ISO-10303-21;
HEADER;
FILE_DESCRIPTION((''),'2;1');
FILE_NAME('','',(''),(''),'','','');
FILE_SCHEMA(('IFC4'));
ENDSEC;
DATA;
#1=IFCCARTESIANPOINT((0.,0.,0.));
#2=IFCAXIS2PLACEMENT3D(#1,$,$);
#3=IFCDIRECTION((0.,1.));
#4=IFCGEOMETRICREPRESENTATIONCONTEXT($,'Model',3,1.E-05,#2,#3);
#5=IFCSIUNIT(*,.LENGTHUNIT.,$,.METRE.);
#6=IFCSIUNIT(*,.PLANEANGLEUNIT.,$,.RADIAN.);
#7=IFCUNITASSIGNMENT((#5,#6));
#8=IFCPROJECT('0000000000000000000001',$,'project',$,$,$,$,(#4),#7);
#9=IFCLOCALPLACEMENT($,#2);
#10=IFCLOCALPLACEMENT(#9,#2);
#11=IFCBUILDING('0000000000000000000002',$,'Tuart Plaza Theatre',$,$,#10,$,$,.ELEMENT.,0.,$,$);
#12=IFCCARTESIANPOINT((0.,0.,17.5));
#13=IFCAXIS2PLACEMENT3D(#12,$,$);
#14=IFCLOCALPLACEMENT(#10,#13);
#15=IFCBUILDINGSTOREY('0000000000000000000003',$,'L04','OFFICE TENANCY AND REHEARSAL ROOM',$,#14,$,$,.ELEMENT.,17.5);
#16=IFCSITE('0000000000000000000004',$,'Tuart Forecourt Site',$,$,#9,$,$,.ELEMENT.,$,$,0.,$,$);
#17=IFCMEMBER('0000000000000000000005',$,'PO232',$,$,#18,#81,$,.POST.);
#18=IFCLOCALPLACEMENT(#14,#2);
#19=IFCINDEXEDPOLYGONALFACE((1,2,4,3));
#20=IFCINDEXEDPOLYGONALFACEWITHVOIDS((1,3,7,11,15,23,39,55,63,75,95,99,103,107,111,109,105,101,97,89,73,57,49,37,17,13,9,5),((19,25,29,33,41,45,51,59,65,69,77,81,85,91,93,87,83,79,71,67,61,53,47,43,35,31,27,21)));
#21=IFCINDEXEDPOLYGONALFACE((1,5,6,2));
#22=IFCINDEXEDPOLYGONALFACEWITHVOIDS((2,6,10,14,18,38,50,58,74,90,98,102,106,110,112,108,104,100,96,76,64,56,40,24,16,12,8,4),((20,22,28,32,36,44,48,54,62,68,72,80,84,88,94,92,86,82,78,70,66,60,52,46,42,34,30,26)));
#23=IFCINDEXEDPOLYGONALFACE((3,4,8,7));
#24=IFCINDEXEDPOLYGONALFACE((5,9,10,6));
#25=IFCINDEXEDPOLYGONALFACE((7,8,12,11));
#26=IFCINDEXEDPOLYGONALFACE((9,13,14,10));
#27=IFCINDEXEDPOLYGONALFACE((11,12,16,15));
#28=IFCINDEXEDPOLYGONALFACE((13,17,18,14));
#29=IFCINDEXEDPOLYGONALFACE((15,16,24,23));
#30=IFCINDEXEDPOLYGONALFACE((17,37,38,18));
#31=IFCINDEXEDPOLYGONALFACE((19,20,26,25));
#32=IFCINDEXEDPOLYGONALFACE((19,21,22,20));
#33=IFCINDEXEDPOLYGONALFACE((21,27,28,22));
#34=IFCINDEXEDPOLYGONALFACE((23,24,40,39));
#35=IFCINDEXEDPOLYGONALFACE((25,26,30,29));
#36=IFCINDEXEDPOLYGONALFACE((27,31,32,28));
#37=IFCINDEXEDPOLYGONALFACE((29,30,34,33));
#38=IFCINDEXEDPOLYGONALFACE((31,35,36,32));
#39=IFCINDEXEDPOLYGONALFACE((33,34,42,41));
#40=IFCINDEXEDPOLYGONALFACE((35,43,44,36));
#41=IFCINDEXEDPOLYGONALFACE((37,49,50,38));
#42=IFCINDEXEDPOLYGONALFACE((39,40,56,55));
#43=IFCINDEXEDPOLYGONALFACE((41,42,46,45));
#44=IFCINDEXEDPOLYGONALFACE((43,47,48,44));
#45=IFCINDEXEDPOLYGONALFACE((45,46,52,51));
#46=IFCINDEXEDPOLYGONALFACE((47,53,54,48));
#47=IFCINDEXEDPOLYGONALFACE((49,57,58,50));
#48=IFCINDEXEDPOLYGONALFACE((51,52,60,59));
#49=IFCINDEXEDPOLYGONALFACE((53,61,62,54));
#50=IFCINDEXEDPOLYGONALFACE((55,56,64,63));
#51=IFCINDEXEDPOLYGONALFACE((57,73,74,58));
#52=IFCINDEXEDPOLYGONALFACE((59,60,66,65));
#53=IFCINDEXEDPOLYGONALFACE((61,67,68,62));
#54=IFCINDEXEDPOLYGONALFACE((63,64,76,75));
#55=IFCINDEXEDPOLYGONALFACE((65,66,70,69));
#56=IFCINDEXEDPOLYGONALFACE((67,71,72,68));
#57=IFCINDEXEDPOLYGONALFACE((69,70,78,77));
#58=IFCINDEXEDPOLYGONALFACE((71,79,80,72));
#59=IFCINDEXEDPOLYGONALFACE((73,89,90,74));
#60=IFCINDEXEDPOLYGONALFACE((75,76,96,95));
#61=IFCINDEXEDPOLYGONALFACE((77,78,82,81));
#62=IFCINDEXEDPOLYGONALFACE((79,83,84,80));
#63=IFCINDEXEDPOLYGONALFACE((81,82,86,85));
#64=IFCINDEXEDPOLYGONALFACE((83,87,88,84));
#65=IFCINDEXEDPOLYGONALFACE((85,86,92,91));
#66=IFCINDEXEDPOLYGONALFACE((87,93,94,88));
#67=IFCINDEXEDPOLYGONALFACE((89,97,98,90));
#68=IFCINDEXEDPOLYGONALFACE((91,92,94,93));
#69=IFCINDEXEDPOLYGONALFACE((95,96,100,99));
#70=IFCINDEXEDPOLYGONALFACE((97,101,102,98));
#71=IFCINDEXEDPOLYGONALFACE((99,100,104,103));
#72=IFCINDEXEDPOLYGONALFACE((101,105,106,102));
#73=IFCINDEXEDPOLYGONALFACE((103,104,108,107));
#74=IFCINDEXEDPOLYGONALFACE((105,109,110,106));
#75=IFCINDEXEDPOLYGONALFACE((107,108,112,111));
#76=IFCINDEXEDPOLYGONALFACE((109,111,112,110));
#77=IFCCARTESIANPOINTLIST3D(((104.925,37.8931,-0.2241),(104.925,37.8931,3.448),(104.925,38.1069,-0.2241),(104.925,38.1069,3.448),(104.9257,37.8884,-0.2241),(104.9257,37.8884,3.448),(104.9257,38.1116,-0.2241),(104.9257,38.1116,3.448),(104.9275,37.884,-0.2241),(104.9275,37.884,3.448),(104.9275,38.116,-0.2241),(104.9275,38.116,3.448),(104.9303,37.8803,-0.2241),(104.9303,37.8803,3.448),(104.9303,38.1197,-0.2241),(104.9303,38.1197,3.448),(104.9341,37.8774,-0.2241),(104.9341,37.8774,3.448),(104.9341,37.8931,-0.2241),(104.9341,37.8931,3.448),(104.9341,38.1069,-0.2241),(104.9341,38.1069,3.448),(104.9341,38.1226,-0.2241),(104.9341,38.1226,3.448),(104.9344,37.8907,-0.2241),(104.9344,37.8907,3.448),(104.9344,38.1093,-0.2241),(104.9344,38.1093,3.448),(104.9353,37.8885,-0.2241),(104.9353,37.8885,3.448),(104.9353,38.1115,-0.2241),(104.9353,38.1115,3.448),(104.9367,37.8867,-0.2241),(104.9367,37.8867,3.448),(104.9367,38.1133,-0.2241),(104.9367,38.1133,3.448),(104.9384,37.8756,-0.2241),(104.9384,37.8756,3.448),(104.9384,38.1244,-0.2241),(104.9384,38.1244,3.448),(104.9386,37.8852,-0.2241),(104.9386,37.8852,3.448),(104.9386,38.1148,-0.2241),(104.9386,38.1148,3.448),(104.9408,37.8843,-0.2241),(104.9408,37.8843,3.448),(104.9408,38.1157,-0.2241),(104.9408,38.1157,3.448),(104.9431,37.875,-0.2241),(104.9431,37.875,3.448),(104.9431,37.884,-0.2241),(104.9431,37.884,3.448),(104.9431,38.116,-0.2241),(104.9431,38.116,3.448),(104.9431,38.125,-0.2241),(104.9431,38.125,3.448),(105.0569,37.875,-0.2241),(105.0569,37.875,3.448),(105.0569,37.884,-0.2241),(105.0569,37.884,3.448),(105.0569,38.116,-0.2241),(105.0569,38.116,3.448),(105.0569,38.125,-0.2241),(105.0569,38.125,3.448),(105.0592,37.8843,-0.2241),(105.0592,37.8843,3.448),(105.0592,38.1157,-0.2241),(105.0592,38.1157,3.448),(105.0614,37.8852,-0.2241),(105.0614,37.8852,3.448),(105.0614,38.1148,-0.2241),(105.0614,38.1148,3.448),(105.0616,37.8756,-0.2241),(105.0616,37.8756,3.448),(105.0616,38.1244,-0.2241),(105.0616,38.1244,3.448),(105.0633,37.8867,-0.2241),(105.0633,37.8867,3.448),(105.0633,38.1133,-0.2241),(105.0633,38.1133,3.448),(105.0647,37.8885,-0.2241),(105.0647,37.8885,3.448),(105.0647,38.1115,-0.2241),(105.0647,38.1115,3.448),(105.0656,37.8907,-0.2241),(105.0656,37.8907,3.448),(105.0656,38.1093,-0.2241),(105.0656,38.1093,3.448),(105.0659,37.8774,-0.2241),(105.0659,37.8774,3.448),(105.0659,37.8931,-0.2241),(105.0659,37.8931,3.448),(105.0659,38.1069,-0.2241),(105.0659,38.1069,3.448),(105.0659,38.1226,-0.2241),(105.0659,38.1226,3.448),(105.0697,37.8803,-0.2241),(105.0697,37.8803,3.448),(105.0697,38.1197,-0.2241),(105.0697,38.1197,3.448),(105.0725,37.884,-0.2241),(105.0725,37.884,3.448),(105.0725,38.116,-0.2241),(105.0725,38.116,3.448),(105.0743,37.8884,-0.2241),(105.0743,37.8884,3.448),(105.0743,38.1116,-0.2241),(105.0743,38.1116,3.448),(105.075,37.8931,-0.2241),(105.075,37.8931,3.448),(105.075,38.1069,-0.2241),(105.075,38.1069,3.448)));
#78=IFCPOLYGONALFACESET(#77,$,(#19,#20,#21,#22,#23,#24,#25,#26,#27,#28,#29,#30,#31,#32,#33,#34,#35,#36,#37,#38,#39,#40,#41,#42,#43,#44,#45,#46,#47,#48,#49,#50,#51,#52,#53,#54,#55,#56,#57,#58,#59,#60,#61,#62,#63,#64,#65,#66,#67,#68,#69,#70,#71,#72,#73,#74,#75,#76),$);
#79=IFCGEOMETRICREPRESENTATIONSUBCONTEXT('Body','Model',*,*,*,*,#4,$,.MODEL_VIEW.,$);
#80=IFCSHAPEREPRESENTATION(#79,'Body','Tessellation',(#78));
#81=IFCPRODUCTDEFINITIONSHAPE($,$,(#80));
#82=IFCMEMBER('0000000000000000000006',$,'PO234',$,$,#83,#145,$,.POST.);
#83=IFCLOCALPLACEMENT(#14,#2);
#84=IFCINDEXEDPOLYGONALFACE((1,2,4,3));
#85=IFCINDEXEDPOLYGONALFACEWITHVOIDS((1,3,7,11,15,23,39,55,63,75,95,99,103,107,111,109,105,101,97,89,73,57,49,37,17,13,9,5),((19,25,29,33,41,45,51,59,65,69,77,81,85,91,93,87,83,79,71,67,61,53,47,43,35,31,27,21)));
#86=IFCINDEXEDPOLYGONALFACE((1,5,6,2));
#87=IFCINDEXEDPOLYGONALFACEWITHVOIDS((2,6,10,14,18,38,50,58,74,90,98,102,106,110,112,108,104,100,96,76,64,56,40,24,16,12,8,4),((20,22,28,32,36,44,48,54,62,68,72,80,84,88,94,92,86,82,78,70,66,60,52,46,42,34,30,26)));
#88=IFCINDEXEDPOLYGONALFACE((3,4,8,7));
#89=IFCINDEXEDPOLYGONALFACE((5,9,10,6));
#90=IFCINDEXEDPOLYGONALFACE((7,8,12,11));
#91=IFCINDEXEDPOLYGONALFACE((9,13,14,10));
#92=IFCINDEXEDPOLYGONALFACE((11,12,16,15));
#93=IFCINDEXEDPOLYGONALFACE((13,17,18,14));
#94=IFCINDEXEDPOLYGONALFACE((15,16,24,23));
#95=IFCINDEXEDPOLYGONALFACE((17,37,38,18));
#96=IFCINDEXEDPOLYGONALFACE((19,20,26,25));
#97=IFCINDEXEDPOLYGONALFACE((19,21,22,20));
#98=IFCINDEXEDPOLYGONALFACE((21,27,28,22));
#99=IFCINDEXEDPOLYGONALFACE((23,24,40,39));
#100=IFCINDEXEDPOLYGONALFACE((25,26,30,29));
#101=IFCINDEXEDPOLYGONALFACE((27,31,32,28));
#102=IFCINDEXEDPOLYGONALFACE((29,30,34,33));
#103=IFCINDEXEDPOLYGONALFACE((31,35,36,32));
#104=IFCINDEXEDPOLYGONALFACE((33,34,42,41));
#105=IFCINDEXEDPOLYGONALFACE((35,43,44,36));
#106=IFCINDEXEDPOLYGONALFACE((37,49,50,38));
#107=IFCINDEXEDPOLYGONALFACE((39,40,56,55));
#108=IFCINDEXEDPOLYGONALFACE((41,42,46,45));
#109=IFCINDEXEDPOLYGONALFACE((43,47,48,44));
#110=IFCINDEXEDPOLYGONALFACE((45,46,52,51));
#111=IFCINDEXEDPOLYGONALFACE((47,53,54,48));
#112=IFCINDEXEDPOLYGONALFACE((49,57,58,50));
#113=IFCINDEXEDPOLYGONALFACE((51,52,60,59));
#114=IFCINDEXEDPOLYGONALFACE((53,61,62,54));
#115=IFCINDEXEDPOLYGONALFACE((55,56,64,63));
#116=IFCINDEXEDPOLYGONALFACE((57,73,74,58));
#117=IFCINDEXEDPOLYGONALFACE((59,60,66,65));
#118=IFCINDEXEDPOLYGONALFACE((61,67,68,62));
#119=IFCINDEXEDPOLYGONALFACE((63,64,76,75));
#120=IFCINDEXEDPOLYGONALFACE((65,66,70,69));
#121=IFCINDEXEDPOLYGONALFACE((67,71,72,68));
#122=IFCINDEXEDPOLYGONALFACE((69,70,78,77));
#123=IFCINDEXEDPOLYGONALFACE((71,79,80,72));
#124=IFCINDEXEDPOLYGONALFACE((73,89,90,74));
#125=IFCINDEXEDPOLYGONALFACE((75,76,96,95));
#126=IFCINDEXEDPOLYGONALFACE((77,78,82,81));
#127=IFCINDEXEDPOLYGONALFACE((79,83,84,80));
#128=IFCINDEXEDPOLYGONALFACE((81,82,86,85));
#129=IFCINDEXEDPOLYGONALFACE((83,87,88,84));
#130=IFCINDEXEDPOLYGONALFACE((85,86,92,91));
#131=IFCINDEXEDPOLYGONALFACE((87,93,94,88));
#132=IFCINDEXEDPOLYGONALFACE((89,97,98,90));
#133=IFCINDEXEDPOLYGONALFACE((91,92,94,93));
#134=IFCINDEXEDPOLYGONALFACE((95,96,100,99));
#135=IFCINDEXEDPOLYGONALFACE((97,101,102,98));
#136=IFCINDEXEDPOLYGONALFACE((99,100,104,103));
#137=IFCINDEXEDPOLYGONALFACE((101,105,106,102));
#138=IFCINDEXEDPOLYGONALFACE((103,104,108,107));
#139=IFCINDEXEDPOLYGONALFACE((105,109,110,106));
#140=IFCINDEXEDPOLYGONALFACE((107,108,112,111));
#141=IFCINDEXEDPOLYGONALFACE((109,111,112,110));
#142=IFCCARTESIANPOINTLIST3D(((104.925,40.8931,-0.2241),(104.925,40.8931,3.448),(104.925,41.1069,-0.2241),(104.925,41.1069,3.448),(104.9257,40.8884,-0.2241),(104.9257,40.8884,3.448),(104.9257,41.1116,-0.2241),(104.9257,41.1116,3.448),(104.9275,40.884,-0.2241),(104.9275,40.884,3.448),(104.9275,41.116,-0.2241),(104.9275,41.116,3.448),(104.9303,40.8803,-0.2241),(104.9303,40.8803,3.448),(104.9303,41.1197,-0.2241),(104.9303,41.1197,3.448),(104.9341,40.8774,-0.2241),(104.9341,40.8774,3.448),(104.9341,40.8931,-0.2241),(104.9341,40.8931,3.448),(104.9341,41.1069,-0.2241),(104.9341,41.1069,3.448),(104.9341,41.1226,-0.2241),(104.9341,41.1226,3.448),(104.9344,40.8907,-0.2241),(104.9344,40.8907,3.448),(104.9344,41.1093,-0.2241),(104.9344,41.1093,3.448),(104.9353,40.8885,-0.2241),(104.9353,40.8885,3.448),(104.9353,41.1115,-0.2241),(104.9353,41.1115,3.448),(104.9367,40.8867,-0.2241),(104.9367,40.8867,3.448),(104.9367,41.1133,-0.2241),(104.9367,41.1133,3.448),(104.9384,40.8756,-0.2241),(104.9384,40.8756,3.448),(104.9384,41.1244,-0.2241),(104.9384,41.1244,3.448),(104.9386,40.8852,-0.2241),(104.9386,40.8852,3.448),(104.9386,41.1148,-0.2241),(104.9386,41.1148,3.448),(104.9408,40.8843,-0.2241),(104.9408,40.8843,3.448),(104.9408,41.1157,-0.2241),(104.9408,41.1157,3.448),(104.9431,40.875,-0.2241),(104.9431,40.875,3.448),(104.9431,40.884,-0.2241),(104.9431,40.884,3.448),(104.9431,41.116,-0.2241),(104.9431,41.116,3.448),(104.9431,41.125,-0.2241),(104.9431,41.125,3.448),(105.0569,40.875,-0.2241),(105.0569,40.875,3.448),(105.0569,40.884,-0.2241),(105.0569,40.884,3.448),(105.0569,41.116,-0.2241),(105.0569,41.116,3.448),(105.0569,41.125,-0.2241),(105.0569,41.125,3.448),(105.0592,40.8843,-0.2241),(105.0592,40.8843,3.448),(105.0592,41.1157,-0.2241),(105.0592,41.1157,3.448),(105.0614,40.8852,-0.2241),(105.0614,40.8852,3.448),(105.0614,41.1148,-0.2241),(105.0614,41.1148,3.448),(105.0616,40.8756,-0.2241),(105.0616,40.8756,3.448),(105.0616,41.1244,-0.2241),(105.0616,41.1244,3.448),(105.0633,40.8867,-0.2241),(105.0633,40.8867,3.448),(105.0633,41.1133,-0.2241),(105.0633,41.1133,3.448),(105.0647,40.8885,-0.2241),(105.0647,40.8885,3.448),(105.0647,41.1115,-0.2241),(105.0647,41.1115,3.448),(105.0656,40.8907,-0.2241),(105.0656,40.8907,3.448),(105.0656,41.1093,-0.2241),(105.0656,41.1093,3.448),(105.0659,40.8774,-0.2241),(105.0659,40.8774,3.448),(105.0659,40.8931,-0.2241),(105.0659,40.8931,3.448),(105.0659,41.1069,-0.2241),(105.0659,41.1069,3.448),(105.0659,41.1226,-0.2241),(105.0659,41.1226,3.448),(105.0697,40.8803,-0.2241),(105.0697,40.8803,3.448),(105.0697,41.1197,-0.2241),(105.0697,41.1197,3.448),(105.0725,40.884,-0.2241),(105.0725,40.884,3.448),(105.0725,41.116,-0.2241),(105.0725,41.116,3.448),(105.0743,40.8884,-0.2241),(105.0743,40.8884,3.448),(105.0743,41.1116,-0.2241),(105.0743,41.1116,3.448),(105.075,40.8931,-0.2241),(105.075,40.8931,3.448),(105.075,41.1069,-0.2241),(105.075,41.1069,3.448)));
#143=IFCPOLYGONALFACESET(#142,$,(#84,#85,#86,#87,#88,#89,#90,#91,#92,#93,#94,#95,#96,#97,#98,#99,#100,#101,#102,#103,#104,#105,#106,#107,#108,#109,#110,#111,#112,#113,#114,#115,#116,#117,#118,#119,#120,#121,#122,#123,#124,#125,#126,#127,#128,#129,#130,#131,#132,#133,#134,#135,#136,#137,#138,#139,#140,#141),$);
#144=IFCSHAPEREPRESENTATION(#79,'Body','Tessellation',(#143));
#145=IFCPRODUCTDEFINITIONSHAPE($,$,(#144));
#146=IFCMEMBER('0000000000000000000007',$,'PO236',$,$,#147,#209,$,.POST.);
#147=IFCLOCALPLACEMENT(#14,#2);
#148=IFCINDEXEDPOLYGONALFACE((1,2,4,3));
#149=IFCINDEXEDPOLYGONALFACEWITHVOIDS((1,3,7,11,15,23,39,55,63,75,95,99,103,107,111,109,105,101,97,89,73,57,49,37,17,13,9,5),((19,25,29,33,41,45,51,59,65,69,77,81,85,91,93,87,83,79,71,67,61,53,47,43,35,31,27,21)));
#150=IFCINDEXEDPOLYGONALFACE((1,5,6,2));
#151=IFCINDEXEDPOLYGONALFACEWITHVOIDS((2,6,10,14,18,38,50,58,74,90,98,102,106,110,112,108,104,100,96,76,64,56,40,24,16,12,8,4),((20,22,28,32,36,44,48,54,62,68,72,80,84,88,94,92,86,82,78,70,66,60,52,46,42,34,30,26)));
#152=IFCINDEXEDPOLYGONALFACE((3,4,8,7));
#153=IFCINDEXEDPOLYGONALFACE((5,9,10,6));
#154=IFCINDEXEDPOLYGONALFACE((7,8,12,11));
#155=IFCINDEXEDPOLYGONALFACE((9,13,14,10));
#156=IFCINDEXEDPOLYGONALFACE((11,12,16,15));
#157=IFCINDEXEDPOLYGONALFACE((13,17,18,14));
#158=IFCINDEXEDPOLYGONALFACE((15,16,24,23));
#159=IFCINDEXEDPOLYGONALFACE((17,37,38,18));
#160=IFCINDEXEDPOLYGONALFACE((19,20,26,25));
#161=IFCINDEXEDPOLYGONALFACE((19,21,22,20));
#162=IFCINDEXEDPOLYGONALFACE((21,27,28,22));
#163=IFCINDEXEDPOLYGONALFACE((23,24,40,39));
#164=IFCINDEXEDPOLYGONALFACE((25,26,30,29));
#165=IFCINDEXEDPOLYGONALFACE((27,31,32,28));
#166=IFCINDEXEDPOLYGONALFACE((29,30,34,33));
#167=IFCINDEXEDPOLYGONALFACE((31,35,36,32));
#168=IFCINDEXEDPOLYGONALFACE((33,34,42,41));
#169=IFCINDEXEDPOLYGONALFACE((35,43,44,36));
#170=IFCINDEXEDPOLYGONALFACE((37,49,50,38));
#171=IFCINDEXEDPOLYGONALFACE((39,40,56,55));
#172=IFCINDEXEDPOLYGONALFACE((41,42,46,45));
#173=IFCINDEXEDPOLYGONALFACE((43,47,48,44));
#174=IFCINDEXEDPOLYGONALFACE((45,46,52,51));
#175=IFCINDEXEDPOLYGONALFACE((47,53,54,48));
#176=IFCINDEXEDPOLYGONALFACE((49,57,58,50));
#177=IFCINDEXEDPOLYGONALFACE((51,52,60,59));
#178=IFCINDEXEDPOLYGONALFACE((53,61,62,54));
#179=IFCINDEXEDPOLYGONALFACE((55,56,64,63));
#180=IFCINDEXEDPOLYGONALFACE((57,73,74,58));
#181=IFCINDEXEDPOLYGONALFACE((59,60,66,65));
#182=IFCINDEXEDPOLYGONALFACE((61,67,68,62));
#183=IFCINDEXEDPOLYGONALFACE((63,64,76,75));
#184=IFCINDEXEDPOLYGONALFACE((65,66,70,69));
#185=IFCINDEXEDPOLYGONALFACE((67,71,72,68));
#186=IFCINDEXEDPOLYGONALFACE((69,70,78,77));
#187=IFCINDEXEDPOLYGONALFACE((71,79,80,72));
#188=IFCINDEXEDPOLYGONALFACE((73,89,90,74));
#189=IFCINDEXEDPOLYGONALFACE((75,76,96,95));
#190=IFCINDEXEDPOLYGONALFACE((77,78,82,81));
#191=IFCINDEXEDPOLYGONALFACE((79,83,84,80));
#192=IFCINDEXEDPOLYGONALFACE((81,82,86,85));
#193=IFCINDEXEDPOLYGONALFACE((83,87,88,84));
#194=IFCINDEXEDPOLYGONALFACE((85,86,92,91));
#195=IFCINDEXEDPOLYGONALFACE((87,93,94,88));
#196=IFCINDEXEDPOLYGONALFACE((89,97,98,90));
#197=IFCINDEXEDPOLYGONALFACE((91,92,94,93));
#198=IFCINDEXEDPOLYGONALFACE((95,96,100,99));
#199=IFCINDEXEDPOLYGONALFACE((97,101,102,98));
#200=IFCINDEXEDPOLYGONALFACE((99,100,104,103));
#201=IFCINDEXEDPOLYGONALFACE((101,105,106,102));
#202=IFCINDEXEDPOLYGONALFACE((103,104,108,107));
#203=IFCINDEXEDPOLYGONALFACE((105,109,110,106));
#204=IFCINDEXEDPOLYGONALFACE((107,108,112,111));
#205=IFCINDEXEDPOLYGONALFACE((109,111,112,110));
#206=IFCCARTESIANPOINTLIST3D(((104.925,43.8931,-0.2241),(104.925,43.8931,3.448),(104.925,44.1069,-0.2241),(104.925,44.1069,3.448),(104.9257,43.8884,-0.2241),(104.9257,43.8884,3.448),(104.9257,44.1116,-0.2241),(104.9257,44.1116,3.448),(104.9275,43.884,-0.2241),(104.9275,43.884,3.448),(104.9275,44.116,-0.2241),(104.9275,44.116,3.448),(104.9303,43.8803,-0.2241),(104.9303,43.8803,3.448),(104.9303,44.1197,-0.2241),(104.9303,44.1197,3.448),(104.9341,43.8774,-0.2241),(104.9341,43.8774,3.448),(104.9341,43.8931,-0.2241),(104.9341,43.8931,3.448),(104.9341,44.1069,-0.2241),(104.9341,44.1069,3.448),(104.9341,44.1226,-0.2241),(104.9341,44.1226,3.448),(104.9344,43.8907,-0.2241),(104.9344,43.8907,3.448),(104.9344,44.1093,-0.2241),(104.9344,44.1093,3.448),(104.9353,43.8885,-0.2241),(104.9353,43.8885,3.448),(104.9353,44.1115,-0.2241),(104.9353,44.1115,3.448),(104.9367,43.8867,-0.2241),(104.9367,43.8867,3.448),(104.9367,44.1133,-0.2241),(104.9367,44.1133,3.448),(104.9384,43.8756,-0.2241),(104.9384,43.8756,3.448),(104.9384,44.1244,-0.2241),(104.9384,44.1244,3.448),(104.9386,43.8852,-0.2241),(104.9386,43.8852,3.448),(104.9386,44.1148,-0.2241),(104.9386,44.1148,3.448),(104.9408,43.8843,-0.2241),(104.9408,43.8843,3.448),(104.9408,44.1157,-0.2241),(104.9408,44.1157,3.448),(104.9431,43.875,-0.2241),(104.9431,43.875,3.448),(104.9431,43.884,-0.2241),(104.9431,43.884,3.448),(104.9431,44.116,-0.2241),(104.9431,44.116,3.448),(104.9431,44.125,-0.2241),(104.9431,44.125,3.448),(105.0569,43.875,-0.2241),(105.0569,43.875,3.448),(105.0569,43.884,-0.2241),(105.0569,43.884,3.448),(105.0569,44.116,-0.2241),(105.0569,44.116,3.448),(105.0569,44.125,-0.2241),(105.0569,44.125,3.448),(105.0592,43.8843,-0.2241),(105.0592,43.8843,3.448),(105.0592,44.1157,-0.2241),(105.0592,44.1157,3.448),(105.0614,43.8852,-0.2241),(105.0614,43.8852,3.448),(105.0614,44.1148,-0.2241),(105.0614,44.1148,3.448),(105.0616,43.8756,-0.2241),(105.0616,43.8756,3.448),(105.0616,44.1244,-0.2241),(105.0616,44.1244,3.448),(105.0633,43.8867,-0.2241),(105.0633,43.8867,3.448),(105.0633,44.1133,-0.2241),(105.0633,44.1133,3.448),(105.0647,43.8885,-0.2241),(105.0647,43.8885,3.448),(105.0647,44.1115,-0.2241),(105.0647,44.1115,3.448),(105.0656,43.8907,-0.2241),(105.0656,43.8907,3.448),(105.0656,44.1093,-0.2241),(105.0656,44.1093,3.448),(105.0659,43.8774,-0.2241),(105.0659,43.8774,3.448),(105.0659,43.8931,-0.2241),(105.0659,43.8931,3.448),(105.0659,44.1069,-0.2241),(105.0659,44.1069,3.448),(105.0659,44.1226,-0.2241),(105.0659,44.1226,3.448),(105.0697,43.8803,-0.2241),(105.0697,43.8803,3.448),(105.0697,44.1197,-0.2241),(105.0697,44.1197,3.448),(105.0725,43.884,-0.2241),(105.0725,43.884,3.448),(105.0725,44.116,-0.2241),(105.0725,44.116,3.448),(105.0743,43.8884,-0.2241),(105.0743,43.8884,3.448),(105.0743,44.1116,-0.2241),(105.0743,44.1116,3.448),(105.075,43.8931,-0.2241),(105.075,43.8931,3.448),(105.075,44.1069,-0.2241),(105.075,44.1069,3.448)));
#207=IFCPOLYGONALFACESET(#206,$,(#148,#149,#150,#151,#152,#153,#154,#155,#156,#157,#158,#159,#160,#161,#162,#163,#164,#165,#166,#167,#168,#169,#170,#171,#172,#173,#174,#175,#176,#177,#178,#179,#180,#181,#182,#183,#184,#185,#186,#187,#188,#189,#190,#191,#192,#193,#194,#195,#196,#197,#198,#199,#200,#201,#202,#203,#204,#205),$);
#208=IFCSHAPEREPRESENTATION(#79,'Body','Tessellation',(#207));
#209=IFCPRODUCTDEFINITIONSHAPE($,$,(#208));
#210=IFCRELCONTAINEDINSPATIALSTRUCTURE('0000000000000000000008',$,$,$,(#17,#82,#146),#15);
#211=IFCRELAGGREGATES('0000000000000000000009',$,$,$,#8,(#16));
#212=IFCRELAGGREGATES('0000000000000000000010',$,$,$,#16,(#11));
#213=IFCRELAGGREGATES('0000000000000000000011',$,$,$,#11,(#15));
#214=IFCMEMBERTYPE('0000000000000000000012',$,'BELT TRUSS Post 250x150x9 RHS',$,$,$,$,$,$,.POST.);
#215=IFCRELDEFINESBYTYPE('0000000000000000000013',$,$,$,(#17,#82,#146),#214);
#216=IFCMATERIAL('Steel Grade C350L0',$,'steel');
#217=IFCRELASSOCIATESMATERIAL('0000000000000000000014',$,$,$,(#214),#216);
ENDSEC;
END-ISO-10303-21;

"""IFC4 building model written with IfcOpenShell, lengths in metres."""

from ifc_helpers import new_model, si_unit, direction, frame, origin, origin_2d, place, context, subcontext, project, spatial, hollow_rectangle, extrude, material, material_profile, profile_set, type_object, element, save


model = new_model("IFC4")

# Units and contexts
model_context = context("Model", 3, precision=1e-05, world=origin(), true_north=direction((0.0, 1.0)))
body_context = subcontext(model_context, "Body", "Model", "MODEL_VIEW")
ifc_project = project(units=[si_unit("LENGTHUNIT", "METRE"), si_unit("PLANEANGLEUNIT", "RADIAN")], contexts=[model_context])

# Site, building, storey
site_placement = place(None, origin())
site = spatial("IfcSite", under=ifc_project, at=site_placement, Name="Tuart Forecourt Site", CompositionType="ELEMENT", RefElevation=0.0)
building_placement = place(site_placement, origin())
building = spatial("IfcBuilding", under=site, at=building_placement, Name="Tuart Plaza Theatre", CompositionType="ELEMENT", ElevationOfRefHeight=0.0)
storey_placement = place(building_placement, frame((0.0, 0.0, 17.5)))
storey = spatial("IfcBuildingStorey", under=building, at=storey_placement, Name="L04", Description="OFFICE TENANCY AND REHEARSAL ROOM", CompositionType="ELEMENT", Elevation=17.5)

# Members
ifc_material_1 = material(Name="Steel Grade C350L0", Category="steel")
ifc_material_profile_1 = material_profile(ifc_material_1, hollow_rectangle(XDim=0.1499, YDim=0.25, WallThickness=0.009, InnerFilletRadius=0.009, OuterFilletRadius=0.0181, at=origin_2d()), Name="250x150x9 RHS")
ifc_profile_set_1 = profile_set([ifc_material_profile_1], Name="Steel Grade C350L0")
member_type_1 = type_object("IfcMemberType", Name="BELT TRUSS Post 250x150x9 RHS", PredefinedType="POST", material=ifc_profile_set_1)
for number, where, z_axis, x_axis, name in (
    (1, (105.0, 38.0, -0.2241), (0.0, 0.0, 1.0), (1.0, 0.0, 0.0), "PO232"),
    (2, (105.0, 41.0, -0.2241), (0.0, 0.0, 1.0), (1.0, 0.0, 0.0), "PO234"),
    (3, (105.0, 44.0, -0.2241), (0.0, 0.0, 1.0), (1.0, 0.0, 0.0), "PO236"),
):
    element("IfcMember", number, at=place(storey_placement, frame(where, z_axis=z_axis, x_axis=x_axis)), inside=storey, type_object=member_type_1, Name=name, PredefinedType="POST", context=body_context, shape_type="SweptSolid", body=[
        extrude(hollow_rectangle(XDim=0.1499, YDim=0.25, WallThickness=0.009, InnerFilletRadius=0.009, OuterFilletRadius=0.0181, at=origin_2d()), origin(), (0.0, 0.0, 1.0), 3.6721),
    ])

save(model, "model.ifc")
